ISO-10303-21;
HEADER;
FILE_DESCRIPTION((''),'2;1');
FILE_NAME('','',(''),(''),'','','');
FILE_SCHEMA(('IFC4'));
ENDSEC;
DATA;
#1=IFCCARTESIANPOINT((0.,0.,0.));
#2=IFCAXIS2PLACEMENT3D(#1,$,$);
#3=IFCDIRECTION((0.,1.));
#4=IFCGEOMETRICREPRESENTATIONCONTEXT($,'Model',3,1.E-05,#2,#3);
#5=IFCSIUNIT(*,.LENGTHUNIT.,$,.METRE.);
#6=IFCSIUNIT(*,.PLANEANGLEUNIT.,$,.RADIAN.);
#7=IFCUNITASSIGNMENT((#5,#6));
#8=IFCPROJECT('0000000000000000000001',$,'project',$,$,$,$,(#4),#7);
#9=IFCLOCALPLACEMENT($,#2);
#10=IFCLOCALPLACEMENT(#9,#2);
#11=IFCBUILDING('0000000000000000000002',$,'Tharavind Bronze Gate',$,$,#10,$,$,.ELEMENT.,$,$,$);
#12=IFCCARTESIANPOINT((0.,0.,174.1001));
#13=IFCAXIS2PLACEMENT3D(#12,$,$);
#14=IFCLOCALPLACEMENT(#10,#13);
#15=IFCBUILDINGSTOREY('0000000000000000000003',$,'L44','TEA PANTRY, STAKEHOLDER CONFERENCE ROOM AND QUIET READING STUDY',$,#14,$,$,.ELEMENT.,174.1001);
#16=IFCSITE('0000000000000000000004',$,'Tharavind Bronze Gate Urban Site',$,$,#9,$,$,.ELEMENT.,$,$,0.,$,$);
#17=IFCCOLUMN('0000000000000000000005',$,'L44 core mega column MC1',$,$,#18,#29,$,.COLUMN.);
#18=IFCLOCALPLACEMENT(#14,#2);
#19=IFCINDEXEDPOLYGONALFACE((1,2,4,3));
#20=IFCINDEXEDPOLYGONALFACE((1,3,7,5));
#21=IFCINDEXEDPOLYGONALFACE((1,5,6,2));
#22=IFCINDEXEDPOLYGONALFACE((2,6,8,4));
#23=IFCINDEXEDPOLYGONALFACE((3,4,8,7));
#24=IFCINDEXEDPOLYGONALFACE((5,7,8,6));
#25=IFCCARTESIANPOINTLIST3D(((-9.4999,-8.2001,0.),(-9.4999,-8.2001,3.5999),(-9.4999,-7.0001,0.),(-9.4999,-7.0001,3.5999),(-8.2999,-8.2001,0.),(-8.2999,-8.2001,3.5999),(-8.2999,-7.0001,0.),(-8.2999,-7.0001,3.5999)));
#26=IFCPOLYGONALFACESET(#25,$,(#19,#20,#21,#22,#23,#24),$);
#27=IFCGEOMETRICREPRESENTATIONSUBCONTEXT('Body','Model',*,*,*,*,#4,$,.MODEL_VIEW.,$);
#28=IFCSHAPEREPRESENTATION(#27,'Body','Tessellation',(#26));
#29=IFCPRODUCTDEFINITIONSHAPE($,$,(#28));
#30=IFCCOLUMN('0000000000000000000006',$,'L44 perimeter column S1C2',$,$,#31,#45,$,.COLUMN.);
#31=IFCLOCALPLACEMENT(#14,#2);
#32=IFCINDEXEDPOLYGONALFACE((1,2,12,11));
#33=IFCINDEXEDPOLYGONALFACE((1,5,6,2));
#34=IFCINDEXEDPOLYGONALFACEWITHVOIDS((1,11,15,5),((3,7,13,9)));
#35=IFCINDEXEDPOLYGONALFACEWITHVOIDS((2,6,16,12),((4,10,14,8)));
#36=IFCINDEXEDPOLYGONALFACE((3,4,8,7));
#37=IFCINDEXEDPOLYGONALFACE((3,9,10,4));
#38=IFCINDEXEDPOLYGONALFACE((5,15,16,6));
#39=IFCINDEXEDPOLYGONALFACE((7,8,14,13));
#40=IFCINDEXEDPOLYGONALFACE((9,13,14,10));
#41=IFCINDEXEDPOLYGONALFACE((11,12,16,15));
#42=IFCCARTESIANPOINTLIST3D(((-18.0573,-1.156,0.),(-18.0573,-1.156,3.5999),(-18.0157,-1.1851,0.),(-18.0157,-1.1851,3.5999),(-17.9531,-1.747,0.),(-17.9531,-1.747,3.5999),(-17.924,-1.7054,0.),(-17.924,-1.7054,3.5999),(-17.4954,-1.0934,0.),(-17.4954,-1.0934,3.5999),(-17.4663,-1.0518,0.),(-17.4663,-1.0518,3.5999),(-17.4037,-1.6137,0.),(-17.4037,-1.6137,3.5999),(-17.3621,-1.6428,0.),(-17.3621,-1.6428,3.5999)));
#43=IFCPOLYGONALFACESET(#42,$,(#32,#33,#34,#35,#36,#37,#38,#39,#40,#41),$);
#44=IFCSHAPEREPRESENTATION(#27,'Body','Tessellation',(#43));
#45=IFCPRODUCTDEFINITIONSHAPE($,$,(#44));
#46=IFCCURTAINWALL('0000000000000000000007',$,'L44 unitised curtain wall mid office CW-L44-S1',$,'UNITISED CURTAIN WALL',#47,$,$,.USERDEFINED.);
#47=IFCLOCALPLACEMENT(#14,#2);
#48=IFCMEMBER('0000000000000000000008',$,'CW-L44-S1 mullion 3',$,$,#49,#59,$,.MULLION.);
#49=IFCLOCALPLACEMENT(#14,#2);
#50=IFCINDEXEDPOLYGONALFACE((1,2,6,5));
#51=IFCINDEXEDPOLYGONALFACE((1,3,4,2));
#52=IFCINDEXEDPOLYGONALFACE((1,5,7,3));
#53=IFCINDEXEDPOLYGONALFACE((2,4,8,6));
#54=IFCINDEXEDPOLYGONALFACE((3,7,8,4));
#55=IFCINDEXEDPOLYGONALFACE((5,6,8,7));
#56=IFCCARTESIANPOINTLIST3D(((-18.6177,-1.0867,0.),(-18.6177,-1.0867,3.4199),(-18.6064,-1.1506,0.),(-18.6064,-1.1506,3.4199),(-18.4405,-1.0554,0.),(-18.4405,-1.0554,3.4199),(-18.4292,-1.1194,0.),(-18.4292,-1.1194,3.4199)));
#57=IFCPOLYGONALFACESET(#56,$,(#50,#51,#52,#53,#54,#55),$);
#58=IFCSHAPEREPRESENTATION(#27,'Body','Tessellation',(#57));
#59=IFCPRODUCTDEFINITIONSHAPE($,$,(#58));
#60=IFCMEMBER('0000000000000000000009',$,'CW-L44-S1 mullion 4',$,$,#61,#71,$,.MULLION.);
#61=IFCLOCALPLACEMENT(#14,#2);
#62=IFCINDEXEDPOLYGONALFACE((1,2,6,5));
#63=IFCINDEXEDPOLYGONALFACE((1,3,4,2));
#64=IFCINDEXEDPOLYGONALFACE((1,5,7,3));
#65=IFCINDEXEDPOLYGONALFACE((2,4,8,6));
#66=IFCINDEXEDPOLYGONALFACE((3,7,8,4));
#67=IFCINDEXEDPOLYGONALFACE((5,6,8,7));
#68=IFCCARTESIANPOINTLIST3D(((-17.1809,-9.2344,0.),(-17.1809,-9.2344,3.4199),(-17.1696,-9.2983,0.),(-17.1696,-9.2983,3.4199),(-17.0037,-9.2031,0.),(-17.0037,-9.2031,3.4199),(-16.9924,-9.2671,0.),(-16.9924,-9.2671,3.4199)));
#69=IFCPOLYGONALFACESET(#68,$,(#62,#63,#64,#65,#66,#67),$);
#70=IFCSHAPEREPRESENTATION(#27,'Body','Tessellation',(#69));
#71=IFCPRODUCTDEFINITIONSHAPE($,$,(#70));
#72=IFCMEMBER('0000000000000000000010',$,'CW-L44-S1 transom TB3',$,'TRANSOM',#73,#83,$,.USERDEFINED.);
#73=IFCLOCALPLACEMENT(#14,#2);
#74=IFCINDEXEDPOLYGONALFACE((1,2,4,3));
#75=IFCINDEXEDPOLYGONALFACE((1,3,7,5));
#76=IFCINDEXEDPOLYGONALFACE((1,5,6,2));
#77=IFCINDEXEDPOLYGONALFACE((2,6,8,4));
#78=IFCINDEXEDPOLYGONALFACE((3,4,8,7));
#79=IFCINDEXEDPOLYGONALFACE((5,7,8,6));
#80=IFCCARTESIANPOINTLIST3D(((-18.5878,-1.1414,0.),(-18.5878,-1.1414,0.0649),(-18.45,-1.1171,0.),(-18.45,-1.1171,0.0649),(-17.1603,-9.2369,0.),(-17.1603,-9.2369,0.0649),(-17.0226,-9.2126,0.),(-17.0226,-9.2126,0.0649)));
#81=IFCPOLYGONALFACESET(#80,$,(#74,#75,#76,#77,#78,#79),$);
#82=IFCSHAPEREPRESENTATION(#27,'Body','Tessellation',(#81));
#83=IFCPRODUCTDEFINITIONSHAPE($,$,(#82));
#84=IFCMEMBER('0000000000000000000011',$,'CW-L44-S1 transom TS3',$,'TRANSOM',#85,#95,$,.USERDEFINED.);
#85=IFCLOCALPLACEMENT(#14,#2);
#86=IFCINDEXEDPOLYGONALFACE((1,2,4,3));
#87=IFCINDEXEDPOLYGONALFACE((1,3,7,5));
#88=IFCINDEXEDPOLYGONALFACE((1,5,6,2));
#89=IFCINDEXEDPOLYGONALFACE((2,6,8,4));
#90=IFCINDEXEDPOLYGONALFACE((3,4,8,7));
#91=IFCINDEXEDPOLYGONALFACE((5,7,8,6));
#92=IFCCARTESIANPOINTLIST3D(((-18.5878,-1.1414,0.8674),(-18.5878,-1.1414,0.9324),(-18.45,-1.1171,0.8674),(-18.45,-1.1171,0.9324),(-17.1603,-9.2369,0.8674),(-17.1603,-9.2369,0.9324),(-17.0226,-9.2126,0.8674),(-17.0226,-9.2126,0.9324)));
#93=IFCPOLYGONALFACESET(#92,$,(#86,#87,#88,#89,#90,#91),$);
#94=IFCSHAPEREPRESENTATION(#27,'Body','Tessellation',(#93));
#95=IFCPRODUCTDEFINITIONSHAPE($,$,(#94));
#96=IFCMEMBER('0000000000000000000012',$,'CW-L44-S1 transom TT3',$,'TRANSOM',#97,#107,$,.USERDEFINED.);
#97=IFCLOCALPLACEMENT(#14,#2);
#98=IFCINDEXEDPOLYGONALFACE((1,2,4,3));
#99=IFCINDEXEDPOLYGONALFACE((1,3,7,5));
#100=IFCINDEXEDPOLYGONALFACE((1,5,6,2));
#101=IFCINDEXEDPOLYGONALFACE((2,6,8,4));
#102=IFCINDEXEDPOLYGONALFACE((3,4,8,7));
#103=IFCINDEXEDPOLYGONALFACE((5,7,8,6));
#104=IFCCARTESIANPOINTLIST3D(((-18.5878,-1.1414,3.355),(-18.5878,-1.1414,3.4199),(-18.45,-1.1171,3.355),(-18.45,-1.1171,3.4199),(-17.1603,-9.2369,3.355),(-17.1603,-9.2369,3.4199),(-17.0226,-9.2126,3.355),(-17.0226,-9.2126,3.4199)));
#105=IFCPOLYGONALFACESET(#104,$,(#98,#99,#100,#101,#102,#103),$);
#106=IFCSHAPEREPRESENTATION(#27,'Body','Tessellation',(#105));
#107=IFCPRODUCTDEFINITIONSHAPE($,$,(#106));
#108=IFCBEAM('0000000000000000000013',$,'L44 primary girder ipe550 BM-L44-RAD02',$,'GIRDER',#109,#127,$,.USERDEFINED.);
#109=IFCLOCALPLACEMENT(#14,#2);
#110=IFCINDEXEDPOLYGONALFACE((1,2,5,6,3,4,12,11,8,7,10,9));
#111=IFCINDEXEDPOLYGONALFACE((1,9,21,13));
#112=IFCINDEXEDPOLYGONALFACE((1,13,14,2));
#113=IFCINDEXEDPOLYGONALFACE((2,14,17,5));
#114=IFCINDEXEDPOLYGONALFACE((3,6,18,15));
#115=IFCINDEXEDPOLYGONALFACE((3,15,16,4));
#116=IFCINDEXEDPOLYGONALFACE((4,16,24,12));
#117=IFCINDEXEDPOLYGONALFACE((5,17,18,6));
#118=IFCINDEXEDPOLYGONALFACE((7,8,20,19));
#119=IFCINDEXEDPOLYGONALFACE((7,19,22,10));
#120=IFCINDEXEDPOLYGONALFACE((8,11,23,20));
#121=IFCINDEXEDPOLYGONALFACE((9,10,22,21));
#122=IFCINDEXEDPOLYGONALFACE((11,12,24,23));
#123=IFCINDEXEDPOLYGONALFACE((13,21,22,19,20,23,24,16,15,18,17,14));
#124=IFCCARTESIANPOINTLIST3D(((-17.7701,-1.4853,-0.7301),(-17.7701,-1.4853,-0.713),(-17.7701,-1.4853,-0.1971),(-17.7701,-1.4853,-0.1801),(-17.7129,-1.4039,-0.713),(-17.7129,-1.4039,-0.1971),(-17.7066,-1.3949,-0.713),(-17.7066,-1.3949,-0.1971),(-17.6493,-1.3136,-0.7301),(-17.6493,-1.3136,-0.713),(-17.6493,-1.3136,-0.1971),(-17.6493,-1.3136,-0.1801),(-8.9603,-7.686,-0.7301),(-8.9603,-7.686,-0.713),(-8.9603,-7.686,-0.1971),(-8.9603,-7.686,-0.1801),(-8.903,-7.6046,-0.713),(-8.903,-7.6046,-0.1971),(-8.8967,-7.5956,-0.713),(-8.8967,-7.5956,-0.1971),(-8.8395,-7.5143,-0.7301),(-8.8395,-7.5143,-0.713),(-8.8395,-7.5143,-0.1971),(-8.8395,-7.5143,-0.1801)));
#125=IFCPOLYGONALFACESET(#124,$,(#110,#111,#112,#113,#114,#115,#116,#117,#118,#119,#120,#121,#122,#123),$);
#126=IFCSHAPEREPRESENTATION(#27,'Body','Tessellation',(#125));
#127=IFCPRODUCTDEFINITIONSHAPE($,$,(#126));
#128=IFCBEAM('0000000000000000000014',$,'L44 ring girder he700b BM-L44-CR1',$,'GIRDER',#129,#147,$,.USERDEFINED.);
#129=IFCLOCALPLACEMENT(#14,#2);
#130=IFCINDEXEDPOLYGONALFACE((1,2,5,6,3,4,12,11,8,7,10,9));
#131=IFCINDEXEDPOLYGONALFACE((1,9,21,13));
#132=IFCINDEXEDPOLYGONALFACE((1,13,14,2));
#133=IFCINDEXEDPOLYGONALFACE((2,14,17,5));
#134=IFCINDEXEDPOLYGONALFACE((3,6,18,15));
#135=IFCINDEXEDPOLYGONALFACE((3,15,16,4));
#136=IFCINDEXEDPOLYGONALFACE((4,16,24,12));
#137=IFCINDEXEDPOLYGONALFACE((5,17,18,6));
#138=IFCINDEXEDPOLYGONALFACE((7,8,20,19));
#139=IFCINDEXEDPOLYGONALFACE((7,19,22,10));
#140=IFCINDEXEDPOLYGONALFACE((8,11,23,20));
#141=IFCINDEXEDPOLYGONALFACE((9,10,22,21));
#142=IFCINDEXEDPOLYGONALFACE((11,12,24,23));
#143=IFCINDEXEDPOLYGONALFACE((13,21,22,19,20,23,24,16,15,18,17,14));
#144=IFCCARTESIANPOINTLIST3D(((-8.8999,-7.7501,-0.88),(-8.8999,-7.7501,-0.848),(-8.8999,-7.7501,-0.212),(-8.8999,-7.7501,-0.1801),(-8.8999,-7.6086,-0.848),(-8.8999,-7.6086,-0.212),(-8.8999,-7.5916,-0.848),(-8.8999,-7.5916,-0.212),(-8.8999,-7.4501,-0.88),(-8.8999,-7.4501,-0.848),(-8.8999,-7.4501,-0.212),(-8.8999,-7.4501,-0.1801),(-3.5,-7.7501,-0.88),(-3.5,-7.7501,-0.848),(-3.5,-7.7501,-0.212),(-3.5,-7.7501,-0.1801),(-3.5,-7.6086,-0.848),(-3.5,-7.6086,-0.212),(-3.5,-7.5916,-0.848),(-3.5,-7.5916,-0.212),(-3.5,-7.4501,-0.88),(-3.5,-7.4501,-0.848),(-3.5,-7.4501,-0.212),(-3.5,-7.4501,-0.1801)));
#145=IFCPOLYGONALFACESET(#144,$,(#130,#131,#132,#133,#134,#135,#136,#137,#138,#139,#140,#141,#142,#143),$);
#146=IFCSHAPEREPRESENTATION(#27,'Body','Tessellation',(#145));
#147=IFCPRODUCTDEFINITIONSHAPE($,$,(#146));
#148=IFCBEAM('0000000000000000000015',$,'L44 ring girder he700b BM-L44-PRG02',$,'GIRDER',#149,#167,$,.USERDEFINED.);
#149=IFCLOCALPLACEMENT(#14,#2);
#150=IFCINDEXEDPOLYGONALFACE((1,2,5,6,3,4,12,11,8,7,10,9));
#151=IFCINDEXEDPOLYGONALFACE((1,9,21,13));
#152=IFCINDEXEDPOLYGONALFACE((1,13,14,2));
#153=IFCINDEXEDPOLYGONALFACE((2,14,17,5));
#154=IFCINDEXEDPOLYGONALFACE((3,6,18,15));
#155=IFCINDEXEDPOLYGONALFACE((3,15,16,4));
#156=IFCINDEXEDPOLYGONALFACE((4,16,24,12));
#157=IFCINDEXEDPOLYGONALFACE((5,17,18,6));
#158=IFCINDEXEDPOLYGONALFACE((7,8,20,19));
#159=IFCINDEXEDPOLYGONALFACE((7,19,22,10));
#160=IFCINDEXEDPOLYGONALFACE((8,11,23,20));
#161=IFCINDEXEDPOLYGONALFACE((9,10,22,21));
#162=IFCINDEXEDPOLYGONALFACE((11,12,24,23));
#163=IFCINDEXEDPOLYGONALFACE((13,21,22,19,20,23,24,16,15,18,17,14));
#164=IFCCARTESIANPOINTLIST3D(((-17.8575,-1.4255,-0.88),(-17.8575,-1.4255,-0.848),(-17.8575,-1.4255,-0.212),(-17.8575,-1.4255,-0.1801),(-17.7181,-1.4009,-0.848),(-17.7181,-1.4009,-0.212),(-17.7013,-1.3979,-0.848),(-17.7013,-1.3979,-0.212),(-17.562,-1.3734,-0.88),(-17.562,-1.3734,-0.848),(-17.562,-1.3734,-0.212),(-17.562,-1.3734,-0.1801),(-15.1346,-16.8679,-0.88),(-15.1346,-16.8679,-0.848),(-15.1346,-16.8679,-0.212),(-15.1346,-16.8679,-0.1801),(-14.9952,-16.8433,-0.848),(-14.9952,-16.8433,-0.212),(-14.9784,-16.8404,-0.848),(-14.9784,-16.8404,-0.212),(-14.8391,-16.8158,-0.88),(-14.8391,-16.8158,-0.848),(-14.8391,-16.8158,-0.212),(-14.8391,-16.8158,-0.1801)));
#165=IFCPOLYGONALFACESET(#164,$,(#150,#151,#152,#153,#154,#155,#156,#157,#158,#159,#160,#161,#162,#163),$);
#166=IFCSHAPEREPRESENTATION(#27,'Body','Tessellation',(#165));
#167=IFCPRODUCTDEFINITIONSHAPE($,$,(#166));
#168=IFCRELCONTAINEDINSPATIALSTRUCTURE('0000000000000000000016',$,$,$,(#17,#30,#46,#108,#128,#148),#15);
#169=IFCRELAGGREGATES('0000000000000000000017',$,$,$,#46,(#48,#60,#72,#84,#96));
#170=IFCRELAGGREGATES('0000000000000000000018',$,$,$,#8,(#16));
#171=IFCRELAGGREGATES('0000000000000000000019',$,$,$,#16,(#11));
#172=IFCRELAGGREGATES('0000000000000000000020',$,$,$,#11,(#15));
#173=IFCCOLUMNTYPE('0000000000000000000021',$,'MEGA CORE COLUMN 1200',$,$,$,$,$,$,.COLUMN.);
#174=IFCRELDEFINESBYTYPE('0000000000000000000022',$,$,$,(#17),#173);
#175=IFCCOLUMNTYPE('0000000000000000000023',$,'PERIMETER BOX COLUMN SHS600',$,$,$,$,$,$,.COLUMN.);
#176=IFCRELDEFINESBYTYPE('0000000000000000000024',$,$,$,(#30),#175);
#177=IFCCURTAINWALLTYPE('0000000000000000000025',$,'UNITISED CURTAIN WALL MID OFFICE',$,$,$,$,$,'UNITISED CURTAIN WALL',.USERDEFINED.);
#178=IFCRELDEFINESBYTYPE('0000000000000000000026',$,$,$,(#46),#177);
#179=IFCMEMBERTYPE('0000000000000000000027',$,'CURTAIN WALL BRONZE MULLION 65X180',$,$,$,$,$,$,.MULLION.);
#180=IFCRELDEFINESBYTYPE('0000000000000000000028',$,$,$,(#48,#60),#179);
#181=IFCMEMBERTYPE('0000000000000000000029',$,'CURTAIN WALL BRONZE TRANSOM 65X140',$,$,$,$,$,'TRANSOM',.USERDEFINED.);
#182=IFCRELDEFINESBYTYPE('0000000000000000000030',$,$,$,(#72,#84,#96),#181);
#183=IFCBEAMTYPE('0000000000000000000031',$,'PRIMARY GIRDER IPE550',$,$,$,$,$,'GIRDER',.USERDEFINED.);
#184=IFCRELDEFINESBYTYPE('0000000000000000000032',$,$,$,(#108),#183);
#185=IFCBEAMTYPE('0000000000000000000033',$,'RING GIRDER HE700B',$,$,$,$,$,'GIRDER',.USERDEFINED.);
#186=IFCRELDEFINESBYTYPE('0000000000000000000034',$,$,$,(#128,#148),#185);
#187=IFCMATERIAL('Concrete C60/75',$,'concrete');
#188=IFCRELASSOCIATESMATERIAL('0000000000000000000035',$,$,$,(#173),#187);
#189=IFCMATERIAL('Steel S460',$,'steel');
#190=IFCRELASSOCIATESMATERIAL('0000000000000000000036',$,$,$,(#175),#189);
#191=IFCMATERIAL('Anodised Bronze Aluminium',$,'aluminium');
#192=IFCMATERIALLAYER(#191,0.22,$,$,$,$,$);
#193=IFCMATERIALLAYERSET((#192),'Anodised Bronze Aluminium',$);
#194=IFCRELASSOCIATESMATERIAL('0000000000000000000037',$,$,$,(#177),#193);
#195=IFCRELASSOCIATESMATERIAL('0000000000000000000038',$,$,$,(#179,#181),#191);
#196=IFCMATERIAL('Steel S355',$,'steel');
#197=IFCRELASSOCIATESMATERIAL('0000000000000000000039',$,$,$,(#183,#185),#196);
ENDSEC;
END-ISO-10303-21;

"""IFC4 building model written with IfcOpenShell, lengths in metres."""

from ifc_helpers import new_model, si_unit, direction, frame, origin, origin_2d, place, context, subcontext, project, spatial, rectangle, hollow_rectangle, i_section, extrude, material, layer, layer_set, material_profile, profile_set, type_object, element, aggregate, save


model = new_model("IFC4")

# Units and contexts
model_context = context("Model", 3, precision=1e-05, world=origin(), true_north=direction((0.0, 1.0)))
body_context = subcontext(model_context, "Body", "Model", "MODEL_VIEW")
ifc_project = project(units=[si_unit("LENGTHUNIT", "METRE"), si_unit("PLANEANGLEUNIT", "RADIAN")], contexts=[model_context])

# Site, building, storey
site_placement = place(None, origin())
site = spatial("IfcSite", under=ifc_project, at=site_placement, Name="Tharavind Bronze Gate Urban Site", CompositionType="ELEMENT", RefElevation=0.0)
building_placement = place(site_placement, origin())
building = spatial("IfcBuilding", under=site, at=building_placement, Name="Tharavind Bronze Gate", CompositionType="ELEMENT")
storey_placement = place(building_placement, frame((0.0, 0.0, 174.1001)))
storey = spatial("IfcBuildingStorey", under=building, at=storey_placement, Name="L44", Description="TEA PANTRY, STAKEHOLDER CONFERENCE ROOM AND QUIET READING STUDY", CompositionType="ELEMENT", Elevation=174.1001)

# Columns
ifc_material_1 = material(Name="Concrete C60/75", Category="concrete")
ifc_material_profile_1 = material_profile(ifc_material_1, rectangle(XDim=1.2, YDim=1.2, at=origin_2d()), Name="RCCOL1200")
ifc_profile_set_1 = profile_set([ifc_material_profile_1], Name="Concrete C60/75")
column_type_1 = type_object("IfcColumnType", Name="MEGA CORE COLUMN 1200", PredefinedType="COLUMN", material=ifc_profile_set_1)
column_1_placement = place(storey_placement, frame((-8.8999, -7.6001, 0.0), z_axis=(0.0, 0.0, 1.0), x_axis=(1.0, 0.0, 0.0)))
element("IfcColumn", 1, at=column_1_placement, inside=storey, type_object=column_type_1, Name="L44 core mega column MC1", PredefinedType="COLUMN", context=body_context, shape_type="SweptSolid", body=[
    extrude(rectangle(XDim=1.2, YDim=1.2, at=origin_2d()), origin(), (0.0, 0.0, 1.0), 3.5999),
])
ifc_material_2 = material(Name="Steel S460", Category="steel")
ifc_material_profile_2 = material_profile(ifc_material_2, hollow_rectangle(XDim=0.6001, YDim=0.6001, WallThickness=0.0359, at=origin_2d()), Name="SHS600X36")
ifc_profile_set_2 = profile_set([ifc_material_profile_2], Name="Steel S460")
column_type_2 = type_object("IfcColumnType", Name="PERIMETER BOX COLUMN SHS600", PredefinedType="COLUMN", material=ifc_profile_set_2)
column_2_placement = place(storey_placement, frame((-17.7097, -1.3994, 0.0), z_axis=(0.0, 0.0, 1.0), x_axis=(-0.173648, 0.984808, 0.0)))
element("IfcColumn", 2, at=column_2_placement, inside=storey, type_object=column_type_2, Name="L44 perimeter column S1C2", PredefinedType="COLUMN", context=body_context, shape_type="SweptSolid", body=[
    extrude(hollow_rectangle(XDim=0.6001, YDim=0.6001, WallThickness=0.0359, at=origin_2d()), origin(), (0.0, 0.0, 1.0), 3.5999),
])

# Curtain wall, members
ifc_material_3 = material(Name="Anodised Bronze Aluminium", Category="aluminium")
ifc_layer_1 = layer(ifc_material_3, 0.22)
ifc_layer_set_1 = layer_set([ifc_layer_1], Name="Anodised Bronze Aluminium")
curtain_wall_type = type_object("IfcCurtainWallType", Name="UNITISED CURTAIN WALL MID OFFICE", ElementType="UNITISED CURTAIN WALL", PredefinedType="USERDEFINED", material=ifc_layer_set_1)
curtain_wall_placement = place(storey_placement, origin())
curtain_wall = element("IfcCurtainWall", 3, at=curtain_wall_placement, inside=storey, type_object=curtain_wall_type, Name="L44 unitised curtain wall mid office CW-L44-S1", ObjectType="UNITISED CURTAIN WALL", PredefinedType="USERDEFINED")
member_type_1 = type_object("IfcMemberType", Name="CURTAIN WALL BRONZE MULLION 65X180", PredefinedType="MULLION", material=ifc_material_3)
member_1_placement = place(storey_placement, frame((-18.5234, -1.103, 0.0), z_axis=(0.0, 0.0, 1.0), x_axis=(0.173648, -0.984808, 0.0)))
member_1 = element("IfcMember", 4, at=member_1_placement, type_object=member_type_1, Name="CW-L44-S1 mullion 3", PredefinedType="MULLION", context=body_context, shape_type="SweptSolid", body=[
    extrude(rectangle(XDim=0.0649, YDim=0.1799, at=origin_2d()), origin(), (0.0, 0.0, 1.0), 3.4199),
])
member_2_placement = place(storey_placement, frame((-17.0867, -9.2507, 0.0), z_axis=(0.0, 0.0, 1.0), x_axis=(0.173648, -0.984808, 0.0)))
member_2 = element("IfcMember", 5, at=member_2_placement, type_object=member_type_1, Name="CW-L44-S1 mullion 4", PredefinedType="MULLION", context=body_context, shape_type="SweptSolid", body=[
    extrude(rectangle(XDim=0.0649, YDim=0.1799, at=origin_2d()), origin(), (0.0, 0.0, 1.0), 3.4199),
])
member_type_2 = type_object("IfcMemberType", Name="CURTAIN WALL BRONZE TRANSOM 65X140", ElementType="TRANSOM", PredefinedType="USERDEFINED", material=ifc_material_3)
member_3_placement = place(storey_placement, frame((-17.8052, -5.177, 0.0), z_axis=(0.0, 0.0, 1.0), x_axis=(0.173648, -0.984808, 0.0)))
member_3 = element("IfcMember", 6, at=member_3_placement, type_object=member_type_2, Name="CW-L44-S1 transom TB3", ObjectType="TRANSOM", PredefinedType="USERDEFINED", context=body_context, shape_type="SweptSolid", body=[
    extrude(rectangle(XDim=8.2205, YDim=0.1399, at=origin_2d()), origin(), (0.0, 0.0, 1.0), 0.0649),
])
member_4_placement = place(storey_placement, frame((-17.8052, -5.177, 0.8674), z_axis=(0.0, 0.0, 1.0), x_axis=(0.173648, -0.984808, 0.0)))
member_4 = element("IfcMember", 7, at=member_4_placement, type_object=member_type_2, Name="CW-L44-S1 transom TS3", ObjectType="TRANSOM", PredefinedType="USERDEFINED", context=body_context, shape_type="SweptSolid", body=[
    extrude(rectangle(XDim=8.2205, YDim=0.1399, at=origin_2d()), origin(), (0.0, 0.0, 1.0), 0.0649),
])
member_5_placement = place(storey_placement, frame((-17.8052, -5.177, 3.355), z_axis=(0.0, 0.0, 1.0), x_axis=(0.173648, -0.984808, 0.0)))
member_5 = element("IfcMember", 8, at=member_5_placement, type_object=member_type_2, Name="CW-L44-S1 transom TT3", ObjectType="TRANSOM", PredefinedType="USERDEFINED", context=body_context, shape_type="SweptSolid", body=[
    extrude(rectangle(XDim=8.2205, YDim=0.1399, at=origin_2d()), origin(), (0.0, 0.0, 1.0), 0.0649),
])

# Beams
ifc_material_4 = material(Name="Steel S355", Category="steel")
ifc_material_profile_3 = material_profile(ifc_material_4, i_section(OverallWidth=0.21, OverallDepth=0.55, WebThickness=0.011, FlangeThickness=0.0171, at=origin_2d()), Name="IPE550")
ifc_profile_set_3 = profile_set([ifc_material_profile_3], Name="Steel S355")
beam_type_1 = type_object("IfcBeamType", Name="PRIMARY GIRDER IPE550", ElementType="GIRDER", PredefinedType="USERDEFINED", material=ifc_profile_set_3)
beam_1_placement = place(storey_placement, frame((-17.7097, -1.3994, -0.4551), z_axis=(0.817755, -0.575567, 0.0), x_axis=(0.575567, 0.817755, 0.0)))
element("IfcBeam", 9, at=beam_1_placement, inside=storey, type_object=beam_type_1, Name="L44 primary girder ipe550 BM-L44-RAD02", ObjectType="GIRDER", PredefinedType="USERDEFINED", context=body_context, shape_type="SweptSolid", body=[
    extrude(i_section(OverallWidth=0.21, OverallDepth=0.55, WebThickness=0.011, FlangeThickness=0.0171, at=origin_2d()), origin(), (0.0, 0.0, 1.0), 10.7732),
])
ifc_material_profile_4 = material_profile(ifc_material_4, i_section(OverallWidth=0.3, OverallDepth=0.7, WebThickness=0.0171, FlangeThickness=0.032, at=origin_2d()), Name="HE700B")
ifc_profile_set_4 = profile_set([ifc_material_profile_4], Name="Steel S355")
beam_type_2 = type_object("IfcBeamType", Name="RING GIRDER HE700B", ElementType="GIRDER", PredefinedType="USERDEFINED", material=ifc_profile_set_4)
beam_2_placement = place(storey_placement, frame((-8.8999, -7.6001, -0.53), z_axis=(1.0, 0.0, 0.0), x_axis=(0.0, 1.0, 0.0)))
element("IfcBeam", 10, at=beam_2_placement, inside=storey, type_object=beam_type_2, Name="L44 ring girder he700b BM-L44-CR1", ObjectType="GIRDER", PredefinedType="USERDEFINED", context=body_context, shape_type="SweptSolid", body=[
    extrude(i_section(OverallWidth=0.3, OverallDepth=0.7, WebThickness=0.0171, FlangeThickness=0.032, at=origin_2d()), origin(), (0.0, 0.0, 1.0), 5.3999),
])
beam_3_placement = place(storey_placement, frame((-17.7097, -1.3994, -0.53), z_axis=(0.173648, -0.984808, 0.0), x_axis=(0.984808, 0.173648, 0.0)))
element("IfcBeam", 11, at=beam_3_placement, inside=storey, type_object=beam_type_2, Name="L44 ring girder he700b BM-L44-PRG02", ObjectType="GIRDER", PredefinedType="USERDEFINED", context=body_context, shape_type="SweptSolid", body=[
    extrude(i_section(OverallWidth=0.3, OverallDepth=0.7, WebThickness=0.0171, FlangeThickness=0.032, at=origin_2d()), origin(), (0.0, 0.0, 1.0), 15.6807),
])

aggregate(curtain_wall, [member_1, member_2, member_3, member_4, member_5])

save(model, "model.ifc")
